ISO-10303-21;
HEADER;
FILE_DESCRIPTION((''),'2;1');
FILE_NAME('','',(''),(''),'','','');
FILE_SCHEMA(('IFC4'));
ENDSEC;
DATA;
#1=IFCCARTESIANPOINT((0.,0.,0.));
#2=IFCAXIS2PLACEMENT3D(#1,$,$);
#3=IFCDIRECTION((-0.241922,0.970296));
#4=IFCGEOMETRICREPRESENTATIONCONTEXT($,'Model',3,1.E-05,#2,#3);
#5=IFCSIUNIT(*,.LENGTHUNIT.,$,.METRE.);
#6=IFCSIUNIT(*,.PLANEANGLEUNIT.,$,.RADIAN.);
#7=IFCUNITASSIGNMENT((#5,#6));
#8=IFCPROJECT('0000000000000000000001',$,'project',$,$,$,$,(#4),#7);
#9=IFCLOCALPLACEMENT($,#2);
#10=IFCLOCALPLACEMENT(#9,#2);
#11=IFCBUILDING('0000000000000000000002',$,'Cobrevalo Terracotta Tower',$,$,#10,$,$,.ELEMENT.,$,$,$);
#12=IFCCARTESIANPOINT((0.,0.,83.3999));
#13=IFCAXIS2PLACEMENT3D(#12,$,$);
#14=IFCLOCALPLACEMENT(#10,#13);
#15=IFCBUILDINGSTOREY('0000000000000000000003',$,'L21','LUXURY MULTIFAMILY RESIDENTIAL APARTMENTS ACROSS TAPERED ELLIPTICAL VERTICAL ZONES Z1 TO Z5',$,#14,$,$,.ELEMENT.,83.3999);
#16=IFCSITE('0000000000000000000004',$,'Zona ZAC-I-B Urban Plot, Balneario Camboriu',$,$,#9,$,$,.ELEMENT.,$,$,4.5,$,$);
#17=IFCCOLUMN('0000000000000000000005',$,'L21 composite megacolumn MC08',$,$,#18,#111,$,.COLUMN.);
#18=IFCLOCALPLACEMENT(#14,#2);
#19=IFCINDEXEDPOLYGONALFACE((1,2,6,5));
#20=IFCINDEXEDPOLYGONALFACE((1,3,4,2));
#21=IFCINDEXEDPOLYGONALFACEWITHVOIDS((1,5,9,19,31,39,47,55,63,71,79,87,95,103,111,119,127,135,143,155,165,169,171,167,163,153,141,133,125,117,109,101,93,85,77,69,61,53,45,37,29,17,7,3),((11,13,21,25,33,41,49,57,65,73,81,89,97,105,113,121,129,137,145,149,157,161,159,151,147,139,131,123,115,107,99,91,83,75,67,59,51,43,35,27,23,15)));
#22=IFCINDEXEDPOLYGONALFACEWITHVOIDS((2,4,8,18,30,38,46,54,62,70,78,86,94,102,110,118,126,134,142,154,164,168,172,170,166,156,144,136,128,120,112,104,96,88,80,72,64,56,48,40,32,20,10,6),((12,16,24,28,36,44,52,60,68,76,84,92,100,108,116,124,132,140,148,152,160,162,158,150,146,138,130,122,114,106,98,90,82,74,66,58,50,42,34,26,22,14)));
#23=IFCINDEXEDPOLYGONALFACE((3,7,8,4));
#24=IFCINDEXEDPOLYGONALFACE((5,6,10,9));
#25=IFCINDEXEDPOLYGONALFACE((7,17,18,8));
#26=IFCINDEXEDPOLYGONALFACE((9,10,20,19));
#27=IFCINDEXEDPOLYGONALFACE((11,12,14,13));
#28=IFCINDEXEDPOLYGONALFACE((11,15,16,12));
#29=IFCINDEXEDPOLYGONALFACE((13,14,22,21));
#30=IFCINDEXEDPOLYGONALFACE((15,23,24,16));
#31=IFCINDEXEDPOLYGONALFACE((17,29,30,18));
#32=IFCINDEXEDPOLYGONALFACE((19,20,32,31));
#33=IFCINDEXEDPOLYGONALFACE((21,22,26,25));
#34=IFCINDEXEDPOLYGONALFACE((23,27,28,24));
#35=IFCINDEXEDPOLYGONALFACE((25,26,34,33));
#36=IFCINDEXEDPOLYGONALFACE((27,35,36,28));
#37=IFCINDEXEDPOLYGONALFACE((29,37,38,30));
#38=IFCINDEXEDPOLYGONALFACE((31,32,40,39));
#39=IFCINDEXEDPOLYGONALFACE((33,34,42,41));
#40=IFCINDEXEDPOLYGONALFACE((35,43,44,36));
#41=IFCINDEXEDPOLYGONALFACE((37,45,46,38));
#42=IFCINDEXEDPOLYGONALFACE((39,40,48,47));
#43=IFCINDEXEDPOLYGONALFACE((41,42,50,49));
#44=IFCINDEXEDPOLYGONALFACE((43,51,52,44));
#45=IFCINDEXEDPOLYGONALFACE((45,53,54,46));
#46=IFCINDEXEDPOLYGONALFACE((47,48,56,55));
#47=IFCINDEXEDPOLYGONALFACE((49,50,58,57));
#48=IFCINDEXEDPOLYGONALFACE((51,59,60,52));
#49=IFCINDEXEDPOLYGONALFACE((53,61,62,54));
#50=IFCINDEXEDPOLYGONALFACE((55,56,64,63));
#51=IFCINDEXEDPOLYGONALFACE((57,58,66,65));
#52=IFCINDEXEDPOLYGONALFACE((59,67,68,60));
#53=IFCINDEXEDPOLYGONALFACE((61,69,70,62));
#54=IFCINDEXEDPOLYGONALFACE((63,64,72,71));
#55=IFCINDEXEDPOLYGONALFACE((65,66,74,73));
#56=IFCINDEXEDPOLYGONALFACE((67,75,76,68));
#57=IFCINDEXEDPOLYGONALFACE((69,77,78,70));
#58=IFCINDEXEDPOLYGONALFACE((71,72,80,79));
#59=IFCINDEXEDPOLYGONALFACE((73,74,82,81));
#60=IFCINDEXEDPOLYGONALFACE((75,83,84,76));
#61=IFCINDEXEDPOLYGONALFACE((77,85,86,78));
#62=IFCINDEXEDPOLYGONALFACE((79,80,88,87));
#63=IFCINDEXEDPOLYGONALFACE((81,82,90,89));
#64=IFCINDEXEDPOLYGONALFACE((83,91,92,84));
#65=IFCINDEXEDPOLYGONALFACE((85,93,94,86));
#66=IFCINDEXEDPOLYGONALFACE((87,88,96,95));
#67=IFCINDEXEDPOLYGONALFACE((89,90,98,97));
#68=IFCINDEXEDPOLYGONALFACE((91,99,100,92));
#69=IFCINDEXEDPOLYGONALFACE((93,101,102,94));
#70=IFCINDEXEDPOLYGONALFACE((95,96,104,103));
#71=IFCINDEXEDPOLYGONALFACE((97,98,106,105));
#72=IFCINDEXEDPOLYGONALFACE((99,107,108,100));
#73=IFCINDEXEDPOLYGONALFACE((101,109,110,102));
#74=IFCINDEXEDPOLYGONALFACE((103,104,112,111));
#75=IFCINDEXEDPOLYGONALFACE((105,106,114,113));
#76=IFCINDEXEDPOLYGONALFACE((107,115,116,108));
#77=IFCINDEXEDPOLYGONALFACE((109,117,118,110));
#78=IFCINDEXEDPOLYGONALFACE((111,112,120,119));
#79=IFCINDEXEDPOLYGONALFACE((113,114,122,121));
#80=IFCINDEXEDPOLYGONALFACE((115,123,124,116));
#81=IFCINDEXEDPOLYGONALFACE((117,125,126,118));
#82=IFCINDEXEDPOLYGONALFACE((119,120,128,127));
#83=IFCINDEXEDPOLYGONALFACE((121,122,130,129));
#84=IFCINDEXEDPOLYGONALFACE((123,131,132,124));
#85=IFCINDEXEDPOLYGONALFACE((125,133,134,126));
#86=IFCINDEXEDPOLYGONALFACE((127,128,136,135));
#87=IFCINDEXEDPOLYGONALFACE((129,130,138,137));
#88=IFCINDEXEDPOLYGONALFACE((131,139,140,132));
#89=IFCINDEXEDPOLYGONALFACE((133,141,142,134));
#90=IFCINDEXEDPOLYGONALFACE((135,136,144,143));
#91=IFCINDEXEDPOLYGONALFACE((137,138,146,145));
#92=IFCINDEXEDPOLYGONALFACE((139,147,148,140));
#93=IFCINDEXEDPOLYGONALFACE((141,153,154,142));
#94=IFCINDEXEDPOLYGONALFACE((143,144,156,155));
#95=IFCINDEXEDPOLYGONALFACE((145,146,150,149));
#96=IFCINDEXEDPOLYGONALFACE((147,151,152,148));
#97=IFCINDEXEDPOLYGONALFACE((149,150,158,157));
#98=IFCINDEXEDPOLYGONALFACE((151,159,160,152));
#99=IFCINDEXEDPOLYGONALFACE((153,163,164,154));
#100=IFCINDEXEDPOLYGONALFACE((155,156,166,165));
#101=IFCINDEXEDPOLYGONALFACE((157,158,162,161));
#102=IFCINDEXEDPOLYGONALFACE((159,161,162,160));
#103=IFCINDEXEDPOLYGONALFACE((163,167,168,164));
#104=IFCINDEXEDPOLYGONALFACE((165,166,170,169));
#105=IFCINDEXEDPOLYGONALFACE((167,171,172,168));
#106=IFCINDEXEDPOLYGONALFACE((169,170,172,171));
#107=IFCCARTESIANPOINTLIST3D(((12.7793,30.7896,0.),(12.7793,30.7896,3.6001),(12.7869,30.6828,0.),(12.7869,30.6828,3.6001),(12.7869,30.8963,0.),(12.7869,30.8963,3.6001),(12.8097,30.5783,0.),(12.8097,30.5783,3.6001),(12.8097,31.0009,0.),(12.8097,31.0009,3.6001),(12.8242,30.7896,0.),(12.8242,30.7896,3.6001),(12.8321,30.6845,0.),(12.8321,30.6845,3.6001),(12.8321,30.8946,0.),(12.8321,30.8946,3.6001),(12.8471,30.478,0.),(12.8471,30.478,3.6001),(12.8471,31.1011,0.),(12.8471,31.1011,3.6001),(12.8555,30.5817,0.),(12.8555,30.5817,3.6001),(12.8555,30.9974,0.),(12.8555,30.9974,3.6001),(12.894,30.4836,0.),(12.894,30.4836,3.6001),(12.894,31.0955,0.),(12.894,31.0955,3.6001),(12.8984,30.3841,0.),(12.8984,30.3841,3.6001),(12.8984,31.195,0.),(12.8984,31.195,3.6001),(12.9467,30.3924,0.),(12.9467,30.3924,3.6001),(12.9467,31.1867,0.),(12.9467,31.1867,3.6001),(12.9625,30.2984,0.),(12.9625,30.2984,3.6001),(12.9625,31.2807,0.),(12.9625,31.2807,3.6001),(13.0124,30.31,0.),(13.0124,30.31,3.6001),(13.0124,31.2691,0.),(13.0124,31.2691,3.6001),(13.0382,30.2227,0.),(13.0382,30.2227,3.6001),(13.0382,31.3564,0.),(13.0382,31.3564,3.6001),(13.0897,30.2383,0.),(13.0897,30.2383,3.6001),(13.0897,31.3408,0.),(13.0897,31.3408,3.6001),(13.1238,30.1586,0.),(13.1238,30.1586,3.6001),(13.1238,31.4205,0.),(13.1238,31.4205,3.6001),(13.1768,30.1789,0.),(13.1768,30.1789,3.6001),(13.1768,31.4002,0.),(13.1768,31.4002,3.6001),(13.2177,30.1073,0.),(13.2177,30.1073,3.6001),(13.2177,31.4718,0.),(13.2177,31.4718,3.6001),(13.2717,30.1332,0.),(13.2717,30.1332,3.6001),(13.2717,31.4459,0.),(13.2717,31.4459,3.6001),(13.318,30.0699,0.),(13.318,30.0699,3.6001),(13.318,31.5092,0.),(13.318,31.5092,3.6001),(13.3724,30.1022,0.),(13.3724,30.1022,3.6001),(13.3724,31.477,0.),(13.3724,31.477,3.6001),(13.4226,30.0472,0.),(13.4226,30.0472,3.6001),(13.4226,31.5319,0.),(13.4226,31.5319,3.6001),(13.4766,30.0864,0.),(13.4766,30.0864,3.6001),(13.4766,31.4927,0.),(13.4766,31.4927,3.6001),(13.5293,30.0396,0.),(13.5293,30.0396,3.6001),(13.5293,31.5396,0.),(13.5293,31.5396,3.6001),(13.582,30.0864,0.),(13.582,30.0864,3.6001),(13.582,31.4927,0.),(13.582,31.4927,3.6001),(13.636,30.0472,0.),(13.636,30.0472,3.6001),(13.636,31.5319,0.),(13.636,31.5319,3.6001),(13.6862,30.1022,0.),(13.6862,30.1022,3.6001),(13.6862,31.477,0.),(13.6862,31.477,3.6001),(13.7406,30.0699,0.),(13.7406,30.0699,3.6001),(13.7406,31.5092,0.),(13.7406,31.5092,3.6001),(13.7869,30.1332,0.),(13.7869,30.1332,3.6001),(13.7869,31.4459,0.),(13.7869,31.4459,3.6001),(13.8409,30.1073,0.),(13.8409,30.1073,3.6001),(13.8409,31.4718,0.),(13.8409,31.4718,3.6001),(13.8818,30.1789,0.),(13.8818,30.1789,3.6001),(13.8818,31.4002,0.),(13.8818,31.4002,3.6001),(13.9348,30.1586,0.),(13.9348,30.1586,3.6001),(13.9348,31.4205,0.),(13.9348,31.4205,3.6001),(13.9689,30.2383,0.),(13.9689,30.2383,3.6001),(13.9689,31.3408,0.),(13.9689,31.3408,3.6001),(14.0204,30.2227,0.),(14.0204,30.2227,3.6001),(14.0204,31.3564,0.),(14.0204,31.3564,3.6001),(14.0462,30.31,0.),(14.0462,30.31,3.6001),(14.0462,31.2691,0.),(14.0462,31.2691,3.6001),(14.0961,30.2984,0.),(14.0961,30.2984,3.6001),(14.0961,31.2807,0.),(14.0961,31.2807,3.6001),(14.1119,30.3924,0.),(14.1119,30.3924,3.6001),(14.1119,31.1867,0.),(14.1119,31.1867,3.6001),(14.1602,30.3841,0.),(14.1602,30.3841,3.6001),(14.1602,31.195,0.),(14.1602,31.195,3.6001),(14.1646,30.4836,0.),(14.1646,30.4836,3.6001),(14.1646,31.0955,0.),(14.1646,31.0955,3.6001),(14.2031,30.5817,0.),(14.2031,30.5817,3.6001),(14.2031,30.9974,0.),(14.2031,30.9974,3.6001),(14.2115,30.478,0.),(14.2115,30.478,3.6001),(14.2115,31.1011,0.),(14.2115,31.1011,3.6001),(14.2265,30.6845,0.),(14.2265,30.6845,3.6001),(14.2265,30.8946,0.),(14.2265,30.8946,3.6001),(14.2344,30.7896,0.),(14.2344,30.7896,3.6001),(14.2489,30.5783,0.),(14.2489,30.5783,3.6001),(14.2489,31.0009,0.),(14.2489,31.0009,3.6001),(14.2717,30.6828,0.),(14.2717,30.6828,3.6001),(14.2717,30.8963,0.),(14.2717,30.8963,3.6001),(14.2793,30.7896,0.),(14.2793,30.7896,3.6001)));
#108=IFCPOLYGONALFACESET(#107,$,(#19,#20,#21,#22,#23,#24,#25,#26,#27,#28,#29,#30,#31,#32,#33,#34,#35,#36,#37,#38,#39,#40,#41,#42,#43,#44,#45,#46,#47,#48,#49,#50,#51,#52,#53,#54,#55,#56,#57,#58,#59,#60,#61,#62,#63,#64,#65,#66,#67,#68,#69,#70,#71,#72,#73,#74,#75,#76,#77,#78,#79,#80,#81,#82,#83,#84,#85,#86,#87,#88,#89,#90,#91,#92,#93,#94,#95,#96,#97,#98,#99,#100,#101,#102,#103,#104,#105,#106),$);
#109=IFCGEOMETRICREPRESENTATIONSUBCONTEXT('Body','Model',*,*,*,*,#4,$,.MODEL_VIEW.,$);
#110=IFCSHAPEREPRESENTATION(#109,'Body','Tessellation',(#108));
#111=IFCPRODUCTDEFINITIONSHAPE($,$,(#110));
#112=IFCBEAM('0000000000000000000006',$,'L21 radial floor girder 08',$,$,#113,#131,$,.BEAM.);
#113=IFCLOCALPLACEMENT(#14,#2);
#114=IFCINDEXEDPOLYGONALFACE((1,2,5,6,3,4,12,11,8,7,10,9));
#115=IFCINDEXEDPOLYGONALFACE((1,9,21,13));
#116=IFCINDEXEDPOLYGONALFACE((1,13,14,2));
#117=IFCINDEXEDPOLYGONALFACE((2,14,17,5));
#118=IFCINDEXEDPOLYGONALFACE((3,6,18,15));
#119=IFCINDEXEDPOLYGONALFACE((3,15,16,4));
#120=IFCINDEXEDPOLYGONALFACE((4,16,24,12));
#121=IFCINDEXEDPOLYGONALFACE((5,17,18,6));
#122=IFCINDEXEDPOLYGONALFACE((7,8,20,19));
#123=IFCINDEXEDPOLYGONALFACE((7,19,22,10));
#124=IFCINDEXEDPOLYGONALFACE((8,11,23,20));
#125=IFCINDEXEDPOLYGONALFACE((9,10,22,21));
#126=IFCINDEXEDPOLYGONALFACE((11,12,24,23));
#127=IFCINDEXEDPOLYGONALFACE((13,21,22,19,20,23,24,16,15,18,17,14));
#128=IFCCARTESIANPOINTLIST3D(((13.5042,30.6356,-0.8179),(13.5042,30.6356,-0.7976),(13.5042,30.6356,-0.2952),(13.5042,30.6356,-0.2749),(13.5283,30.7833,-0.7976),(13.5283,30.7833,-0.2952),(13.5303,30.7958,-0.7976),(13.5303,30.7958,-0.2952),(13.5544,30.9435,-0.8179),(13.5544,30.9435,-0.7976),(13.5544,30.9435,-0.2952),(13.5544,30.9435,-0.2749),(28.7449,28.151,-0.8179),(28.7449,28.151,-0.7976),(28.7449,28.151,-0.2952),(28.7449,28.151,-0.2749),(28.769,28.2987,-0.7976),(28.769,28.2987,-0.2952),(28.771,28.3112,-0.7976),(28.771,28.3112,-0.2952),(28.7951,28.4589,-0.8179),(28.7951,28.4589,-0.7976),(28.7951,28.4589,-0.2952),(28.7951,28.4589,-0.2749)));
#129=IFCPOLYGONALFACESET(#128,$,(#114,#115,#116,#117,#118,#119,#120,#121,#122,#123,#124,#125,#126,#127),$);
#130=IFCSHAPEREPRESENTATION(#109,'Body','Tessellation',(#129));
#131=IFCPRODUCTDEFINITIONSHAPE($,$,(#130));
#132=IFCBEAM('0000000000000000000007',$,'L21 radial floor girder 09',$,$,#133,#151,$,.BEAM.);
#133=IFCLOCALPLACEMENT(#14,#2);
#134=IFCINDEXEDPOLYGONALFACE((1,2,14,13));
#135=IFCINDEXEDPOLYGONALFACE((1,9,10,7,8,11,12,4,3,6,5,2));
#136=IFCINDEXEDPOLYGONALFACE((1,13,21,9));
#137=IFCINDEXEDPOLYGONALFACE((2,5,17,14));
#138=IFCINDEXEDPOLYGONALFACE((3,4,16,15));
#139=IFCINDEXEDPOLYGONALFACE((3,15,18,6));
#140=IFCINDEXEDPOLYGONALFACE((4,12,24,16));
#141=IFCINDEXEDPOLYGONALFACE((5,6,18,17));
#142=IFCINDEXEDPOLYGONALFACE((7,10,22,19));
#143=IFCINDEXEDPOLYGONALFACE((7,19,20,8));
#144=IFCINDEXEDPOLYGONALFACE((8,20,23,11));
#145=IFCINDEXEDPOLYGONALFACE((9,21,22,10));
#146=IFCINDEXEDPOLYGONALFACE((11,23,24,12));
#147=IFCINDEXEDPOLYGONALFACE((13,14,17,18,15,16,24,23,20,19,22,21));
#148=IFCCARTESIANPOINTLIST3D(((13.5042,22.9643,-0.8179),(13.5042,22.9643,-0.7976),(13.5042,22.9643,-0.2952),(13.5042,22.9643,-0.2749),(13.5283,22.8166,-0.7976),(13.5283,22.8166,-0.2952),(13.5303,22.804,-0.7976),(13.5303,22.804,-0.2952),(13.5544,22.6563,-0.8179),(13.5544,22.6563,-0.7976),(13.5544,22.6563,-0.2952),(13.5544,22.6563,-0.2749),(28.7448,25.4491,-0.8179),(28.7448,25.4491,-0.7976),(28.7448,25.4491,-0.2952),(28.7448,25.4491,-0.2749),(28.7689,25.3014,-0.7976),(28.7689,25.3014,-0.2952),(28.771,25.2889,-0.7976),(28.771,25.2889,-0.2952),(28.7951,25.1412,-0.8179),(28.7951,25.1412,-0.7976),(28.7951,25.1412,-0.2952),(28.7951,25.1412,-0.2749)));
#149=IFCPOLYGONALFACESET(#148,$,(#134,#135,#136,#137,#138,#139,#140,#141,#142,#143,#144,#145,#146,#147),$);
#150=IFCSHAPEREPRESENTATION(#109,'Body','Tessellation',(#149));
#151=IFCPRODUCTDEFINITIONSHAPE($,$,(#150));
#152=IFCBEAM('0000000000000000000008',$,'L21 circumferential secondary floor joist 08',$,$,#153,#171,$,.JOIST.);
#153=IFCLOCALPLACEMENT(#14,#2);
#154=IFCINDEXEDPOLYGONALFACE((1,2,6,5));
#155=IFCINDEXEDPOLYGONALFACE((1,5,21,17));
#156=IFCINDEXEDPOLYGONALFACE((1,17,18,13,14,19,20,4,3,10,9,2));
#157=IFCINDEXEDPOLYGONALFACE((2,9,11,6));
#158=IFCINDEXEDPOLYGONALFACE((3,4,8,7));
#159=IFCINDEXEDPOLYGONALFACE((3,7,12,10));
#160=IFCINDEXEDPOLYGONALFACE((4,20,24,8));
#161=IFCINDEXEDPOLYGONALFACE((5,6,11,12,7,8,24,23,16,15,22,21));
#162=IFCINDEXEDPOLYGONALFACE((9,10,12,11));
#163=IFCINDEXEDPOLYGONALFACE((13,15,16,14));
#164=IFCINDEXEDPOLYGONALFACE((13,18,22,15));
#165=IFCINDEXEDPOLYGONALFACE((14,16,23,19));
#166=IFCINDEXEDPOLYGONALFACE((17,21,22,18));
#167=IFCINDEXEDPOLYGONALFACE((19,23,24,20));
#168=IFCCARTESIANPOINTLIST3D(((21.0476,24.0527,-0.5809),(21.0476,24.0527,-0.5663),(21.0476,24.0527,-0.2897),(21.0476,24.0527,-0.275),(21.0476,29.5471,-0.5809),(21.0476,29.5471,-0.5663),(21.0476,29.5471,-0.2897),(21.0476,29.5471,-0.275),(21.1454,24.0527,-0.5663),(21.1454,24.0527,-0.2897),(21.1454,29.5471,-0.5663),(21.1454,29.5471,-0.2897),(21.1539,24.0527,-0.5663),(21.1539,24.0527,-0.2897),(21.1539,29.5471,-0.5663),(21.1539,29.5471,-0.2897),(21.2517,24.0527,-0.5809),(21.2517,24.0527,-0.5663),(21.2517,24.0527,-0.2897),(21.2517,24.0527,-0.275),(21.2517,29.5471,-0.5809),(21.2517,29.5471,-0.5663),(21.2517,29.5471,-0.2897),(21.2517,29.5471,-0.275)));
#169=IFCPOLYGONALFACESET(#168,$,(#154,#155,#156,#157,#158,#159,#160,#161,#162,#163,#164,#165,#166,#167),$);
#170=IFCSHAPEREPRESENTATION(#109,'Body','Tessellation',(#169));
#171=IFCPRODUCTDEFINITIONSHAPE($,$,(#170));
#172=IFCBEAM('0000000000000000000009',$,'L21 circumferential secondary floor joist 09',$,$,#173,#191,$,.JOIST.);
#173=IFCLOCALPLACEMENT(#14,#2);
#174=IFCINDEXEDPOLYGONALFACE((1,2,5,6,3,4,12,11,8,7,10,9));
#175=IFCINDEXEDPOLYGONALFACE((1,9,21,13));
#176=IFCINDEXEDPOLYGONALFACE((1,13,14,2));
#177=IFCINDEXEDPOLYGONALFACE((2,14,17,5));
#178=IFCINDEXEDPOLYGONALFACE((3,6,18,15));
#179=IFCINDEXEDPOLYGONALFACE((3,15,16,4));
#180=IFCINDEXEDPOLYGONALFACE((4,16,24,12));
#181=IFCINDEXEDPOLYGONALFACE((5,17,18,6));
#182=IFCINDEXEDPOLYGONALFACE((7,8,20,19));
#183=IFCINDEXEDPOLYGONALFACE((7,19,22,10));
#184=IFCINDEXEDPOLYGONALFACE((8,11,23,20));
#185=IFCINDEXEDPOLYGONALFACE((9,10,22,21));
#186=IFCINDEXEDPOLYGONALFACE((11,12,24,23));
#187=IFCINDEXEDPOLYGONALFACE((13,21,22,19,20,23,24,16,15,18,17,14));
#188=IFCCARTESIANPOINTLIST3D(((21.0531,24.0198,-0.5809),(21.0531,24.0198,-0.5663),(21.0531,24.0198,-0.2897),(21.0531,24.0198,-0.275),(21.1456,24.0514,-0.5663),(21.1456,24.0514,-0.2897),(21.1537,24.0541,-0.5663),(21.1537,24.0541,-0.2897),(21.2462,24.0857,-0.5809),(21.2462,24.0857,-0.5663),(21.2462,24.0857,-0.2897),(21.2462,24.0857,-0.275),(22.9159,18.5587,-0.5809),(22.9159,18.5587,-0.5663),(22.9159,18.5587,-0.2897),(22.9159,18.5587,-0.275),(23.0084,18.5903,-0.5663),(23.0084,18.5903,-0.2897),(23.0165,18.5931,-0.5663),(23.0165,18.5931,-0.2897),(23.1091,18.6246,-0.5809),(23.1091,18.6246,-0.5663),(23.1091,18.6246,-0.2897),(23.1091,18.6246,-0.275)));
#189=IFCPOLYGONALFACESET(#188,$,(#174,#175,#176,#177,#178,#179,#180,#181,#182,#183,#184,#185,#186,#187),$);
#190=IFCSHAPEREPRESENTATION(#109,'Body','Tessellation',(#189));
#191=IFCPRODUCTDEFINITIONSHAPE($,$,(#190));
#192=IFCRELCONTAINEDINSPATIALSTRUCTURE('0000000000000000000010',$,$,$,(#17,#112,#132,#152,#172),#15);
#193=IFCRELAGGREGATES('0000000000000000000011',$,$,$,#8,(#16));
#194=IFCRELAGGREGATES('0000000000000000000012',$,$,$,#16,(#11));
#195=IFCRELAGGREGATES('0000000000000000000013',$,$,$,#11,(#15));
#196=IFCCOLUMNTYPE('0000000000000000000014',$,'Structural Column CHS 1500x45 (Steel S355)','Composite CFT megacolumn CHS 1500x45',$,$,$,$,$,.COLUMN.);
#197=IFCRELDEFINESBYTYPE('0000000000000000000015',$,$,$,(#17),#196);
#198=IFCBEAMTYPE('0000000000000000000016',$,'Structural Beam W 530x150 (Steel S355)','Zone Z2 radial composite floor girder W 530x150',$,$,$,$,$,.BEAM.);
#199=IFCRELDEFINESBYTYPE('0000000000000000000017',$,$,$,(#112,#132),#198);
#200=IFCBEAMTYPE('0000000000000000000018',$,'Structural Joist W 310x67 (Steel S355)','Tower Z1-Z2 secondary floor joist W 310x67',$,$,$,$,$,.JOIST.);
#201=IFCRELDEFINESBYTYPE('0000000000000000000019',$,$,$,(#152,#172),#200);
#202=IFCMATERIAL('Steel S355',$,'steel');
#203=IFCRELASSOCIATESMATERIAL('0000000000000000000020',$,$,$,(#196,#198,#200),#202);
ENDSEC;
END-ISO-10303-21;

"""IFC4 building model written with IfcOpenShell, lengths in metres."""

from ifc_helpers import new_model, si_unit, direction, frame, origin, origin_2d, place, context, subcontext, project, spatial, hollow_circle, i_section, extrude, material, material_profile, profile_set, type_object, element, save


model = new_model("IFC4")

# Units and contexts
model_context = context("Model", 3, precision=1e-05, world=origin(), true_north=direction((-0.241922, 0.970296)))
body_context = subcontext(model_context, "Body", "Model", "MODEL_VIEW")
ifc_project = project(units=[si_unit("LENGTHUNIT", "METRE"), si_unit("PLANEANGLEUNIT", "RADIAN")], contexts=[model_context])

# Site, building, storey
site_placement = place(None, origin())
site = spatial("IfcSite", under=ifc_project, at=site_placement, Name="Zona ZAC-I-B Urban Plot, Balneario Camboriu", CompositionType="ELEMENT", RefElevation=4.5)
building_placement = place(site_placement, origin())
building = spatial("IfcBuilding", under=site, at=building_placement, Name="Cobrevalo Terracotta Tower", CompositionType="ELEMENT")
storey_placement = place(building_placement, frame((0.0, 0.0, 83.3999)))
storey = spatial("IfcBuildingStorey", under=building, at=storey_placement, Name="L21", Description="LUXURY MULTIFAMILY RESIDENTIAL APARTMENTS ACROSS TAPERED ELLIPTICAL VERTICAL ZONES Z1 TO Z5", CompositionType="ELEMENT", Elevation=83.3999)

# Column
ifc_material_1 = material(Name="Steel S355", Category="steel")
ifc_material_profile_1 = material_profile(ifc_material_1, hollow_circle(Radius=0.75, WallThickness=0.0449, at=origin_2d()), Name="CHS 1500x45")
ifc_profile_set_1 = profile_set([ifc_material_profile_1], Name="Steel S355")
column_type = type_object("IfcColumnType", Name="Structural Column CHS 1500x45 (Steel S355)", Description="Composite CFT megacolumn CHS 1500x45", PredefinedType="COLUMN", material=ifc_profile_set_1)
column_placement = place(storey_placement, frame((13.5293, 30.7896, 0.0), z_axis=(0.0, 0.0, 1.0), x_axis=(1.0, 0.0, 0.0)))
element("IfcColumn", 1, at=column_placement, inside=storey, type_object=column_type, Name="L21 composite megacolumn MC08", PredefinedType="COLUMN", context=body_context, shape_type="SweptSolid", body=[
    extrude(hollow_circle(Radius=0.75, WallThickness=0.0449, at=origin_2d()), origin(), (0.0, 0.0, 1.0), 3.6001),
])

# Beams
ifc_material_profile_2 = material_profile(ifc_material_1, i_section(OverallWidth=0.312, OverallDepth=0.543, WebThickness=0.0127, FlangeThickness=0.0203, at=origin_2d()), Name="W 530x150")
ifc_profile_set_2 = profile_set([ifc_material_profile_2], Name="Steel S355")
beam_type_1 = type_object("IfcBeamType", Name="Structural Beam W 530x150 (Steel S355)", Description="Zone Z2 radial composite floor girder W 530x150", PredefinedType="BEAM", material=ifc_profile_set_2)
for number, where, z_axis, x_axis, name in (
    (2, (13.5293, 30.7896, -0.5464), (0.986971, -0.160901, 0.0), (0.160901, 0.986971, 0.0), "L21 radial floor girder 08"),
    (3, (13.5293, 22.8103, -0.5464), (0.986968, 0.160916, 0.0), (-0.160916, 0.986968, 0.0), "L21 radial floor girder 09"),
):
    element("IfcBeam", number, at=place(storey_placement, frame(where, z_axis=z_axis, x_axis=x_axis)), inside=storey, type_object=beam_type_1, Name=name, PredefinedType="BEAM", context=body_context, shape_type="SweptSolid", body=[
        extrude(i_section(OverallWidth=0.312, OverallDepth=0.543, WebThickness=0.0127, FlangeThickness=0.0203, at=origin_2d()), origin(), (0.0, 0.0, 1.0), 15.4419),
    ])
ifc_material_profile_3 = material_profile(ifc_material_1, i_section(OverallWidth=0.2041, OverallDepth=0.3059, WebThickness=0.0085, FlangeThickness=0.0146, at=origin_2d()), Name="W 310x67")
ifc_profile_set_3 = profile_set([ifc_material_profile_3], Name="Steel S355")
beam_type_2 = type_object("IfcBeamType", Name="Structural Joist W 310x67 (Steel S355)", Description="Tower Z1-Z2 secondary floor joist W 310x67", PredefinedType="JOIST", material=ifc_profile_set_3)
beam_1_placement = place(storey_placement, frame((21.1497, 29.5471, -0.428), z_axis=(0.0, -1.0, 0.0), x_axis=(1.0, 0.0, 0.0)))
element("IfcBeam", 4, at=beam_1_placement, inside=storey, type_object=beam_type_2, Name="L21 circumferential secondary floor joist 08", PredefinedType="JOIST", context=body_context, shape_type="SweptSolid", body=[
    extrude(i_section(OverallWidth=0.2041, OverallDepth=0.3059, WebThickness=0.0085, FlangeThickness=0.0146, at=origin_2d()), origin(), (0.0, 0.0, 1.0), 5.4944),
])
beam_2_placement = place(storey_placement, frame((21.1497, 24.0527, -0.428), z_axis=(0.322846, -0.946451, 0.0), x_axis=(0.946451, 0.322846, 0.0)))
element("IfcBeam", 5, at=beam_2_placement, inside=storey, type_object=beam_type_2, Name="L21 circumferential secondary floor joist 09", PredefinedType="JOIST", context=body_context, shape_type="SweptSolid", body=[
    extrude(i_section(OverallWidth=0.2041, OverallDepth=0.3059, WebThickness=0.0085, FlangeThickness=0.0146, at=origin_2d()), origin(), (0.0, 0.0, 1.0), 5.77),
])

save(model, "model.ifc")
